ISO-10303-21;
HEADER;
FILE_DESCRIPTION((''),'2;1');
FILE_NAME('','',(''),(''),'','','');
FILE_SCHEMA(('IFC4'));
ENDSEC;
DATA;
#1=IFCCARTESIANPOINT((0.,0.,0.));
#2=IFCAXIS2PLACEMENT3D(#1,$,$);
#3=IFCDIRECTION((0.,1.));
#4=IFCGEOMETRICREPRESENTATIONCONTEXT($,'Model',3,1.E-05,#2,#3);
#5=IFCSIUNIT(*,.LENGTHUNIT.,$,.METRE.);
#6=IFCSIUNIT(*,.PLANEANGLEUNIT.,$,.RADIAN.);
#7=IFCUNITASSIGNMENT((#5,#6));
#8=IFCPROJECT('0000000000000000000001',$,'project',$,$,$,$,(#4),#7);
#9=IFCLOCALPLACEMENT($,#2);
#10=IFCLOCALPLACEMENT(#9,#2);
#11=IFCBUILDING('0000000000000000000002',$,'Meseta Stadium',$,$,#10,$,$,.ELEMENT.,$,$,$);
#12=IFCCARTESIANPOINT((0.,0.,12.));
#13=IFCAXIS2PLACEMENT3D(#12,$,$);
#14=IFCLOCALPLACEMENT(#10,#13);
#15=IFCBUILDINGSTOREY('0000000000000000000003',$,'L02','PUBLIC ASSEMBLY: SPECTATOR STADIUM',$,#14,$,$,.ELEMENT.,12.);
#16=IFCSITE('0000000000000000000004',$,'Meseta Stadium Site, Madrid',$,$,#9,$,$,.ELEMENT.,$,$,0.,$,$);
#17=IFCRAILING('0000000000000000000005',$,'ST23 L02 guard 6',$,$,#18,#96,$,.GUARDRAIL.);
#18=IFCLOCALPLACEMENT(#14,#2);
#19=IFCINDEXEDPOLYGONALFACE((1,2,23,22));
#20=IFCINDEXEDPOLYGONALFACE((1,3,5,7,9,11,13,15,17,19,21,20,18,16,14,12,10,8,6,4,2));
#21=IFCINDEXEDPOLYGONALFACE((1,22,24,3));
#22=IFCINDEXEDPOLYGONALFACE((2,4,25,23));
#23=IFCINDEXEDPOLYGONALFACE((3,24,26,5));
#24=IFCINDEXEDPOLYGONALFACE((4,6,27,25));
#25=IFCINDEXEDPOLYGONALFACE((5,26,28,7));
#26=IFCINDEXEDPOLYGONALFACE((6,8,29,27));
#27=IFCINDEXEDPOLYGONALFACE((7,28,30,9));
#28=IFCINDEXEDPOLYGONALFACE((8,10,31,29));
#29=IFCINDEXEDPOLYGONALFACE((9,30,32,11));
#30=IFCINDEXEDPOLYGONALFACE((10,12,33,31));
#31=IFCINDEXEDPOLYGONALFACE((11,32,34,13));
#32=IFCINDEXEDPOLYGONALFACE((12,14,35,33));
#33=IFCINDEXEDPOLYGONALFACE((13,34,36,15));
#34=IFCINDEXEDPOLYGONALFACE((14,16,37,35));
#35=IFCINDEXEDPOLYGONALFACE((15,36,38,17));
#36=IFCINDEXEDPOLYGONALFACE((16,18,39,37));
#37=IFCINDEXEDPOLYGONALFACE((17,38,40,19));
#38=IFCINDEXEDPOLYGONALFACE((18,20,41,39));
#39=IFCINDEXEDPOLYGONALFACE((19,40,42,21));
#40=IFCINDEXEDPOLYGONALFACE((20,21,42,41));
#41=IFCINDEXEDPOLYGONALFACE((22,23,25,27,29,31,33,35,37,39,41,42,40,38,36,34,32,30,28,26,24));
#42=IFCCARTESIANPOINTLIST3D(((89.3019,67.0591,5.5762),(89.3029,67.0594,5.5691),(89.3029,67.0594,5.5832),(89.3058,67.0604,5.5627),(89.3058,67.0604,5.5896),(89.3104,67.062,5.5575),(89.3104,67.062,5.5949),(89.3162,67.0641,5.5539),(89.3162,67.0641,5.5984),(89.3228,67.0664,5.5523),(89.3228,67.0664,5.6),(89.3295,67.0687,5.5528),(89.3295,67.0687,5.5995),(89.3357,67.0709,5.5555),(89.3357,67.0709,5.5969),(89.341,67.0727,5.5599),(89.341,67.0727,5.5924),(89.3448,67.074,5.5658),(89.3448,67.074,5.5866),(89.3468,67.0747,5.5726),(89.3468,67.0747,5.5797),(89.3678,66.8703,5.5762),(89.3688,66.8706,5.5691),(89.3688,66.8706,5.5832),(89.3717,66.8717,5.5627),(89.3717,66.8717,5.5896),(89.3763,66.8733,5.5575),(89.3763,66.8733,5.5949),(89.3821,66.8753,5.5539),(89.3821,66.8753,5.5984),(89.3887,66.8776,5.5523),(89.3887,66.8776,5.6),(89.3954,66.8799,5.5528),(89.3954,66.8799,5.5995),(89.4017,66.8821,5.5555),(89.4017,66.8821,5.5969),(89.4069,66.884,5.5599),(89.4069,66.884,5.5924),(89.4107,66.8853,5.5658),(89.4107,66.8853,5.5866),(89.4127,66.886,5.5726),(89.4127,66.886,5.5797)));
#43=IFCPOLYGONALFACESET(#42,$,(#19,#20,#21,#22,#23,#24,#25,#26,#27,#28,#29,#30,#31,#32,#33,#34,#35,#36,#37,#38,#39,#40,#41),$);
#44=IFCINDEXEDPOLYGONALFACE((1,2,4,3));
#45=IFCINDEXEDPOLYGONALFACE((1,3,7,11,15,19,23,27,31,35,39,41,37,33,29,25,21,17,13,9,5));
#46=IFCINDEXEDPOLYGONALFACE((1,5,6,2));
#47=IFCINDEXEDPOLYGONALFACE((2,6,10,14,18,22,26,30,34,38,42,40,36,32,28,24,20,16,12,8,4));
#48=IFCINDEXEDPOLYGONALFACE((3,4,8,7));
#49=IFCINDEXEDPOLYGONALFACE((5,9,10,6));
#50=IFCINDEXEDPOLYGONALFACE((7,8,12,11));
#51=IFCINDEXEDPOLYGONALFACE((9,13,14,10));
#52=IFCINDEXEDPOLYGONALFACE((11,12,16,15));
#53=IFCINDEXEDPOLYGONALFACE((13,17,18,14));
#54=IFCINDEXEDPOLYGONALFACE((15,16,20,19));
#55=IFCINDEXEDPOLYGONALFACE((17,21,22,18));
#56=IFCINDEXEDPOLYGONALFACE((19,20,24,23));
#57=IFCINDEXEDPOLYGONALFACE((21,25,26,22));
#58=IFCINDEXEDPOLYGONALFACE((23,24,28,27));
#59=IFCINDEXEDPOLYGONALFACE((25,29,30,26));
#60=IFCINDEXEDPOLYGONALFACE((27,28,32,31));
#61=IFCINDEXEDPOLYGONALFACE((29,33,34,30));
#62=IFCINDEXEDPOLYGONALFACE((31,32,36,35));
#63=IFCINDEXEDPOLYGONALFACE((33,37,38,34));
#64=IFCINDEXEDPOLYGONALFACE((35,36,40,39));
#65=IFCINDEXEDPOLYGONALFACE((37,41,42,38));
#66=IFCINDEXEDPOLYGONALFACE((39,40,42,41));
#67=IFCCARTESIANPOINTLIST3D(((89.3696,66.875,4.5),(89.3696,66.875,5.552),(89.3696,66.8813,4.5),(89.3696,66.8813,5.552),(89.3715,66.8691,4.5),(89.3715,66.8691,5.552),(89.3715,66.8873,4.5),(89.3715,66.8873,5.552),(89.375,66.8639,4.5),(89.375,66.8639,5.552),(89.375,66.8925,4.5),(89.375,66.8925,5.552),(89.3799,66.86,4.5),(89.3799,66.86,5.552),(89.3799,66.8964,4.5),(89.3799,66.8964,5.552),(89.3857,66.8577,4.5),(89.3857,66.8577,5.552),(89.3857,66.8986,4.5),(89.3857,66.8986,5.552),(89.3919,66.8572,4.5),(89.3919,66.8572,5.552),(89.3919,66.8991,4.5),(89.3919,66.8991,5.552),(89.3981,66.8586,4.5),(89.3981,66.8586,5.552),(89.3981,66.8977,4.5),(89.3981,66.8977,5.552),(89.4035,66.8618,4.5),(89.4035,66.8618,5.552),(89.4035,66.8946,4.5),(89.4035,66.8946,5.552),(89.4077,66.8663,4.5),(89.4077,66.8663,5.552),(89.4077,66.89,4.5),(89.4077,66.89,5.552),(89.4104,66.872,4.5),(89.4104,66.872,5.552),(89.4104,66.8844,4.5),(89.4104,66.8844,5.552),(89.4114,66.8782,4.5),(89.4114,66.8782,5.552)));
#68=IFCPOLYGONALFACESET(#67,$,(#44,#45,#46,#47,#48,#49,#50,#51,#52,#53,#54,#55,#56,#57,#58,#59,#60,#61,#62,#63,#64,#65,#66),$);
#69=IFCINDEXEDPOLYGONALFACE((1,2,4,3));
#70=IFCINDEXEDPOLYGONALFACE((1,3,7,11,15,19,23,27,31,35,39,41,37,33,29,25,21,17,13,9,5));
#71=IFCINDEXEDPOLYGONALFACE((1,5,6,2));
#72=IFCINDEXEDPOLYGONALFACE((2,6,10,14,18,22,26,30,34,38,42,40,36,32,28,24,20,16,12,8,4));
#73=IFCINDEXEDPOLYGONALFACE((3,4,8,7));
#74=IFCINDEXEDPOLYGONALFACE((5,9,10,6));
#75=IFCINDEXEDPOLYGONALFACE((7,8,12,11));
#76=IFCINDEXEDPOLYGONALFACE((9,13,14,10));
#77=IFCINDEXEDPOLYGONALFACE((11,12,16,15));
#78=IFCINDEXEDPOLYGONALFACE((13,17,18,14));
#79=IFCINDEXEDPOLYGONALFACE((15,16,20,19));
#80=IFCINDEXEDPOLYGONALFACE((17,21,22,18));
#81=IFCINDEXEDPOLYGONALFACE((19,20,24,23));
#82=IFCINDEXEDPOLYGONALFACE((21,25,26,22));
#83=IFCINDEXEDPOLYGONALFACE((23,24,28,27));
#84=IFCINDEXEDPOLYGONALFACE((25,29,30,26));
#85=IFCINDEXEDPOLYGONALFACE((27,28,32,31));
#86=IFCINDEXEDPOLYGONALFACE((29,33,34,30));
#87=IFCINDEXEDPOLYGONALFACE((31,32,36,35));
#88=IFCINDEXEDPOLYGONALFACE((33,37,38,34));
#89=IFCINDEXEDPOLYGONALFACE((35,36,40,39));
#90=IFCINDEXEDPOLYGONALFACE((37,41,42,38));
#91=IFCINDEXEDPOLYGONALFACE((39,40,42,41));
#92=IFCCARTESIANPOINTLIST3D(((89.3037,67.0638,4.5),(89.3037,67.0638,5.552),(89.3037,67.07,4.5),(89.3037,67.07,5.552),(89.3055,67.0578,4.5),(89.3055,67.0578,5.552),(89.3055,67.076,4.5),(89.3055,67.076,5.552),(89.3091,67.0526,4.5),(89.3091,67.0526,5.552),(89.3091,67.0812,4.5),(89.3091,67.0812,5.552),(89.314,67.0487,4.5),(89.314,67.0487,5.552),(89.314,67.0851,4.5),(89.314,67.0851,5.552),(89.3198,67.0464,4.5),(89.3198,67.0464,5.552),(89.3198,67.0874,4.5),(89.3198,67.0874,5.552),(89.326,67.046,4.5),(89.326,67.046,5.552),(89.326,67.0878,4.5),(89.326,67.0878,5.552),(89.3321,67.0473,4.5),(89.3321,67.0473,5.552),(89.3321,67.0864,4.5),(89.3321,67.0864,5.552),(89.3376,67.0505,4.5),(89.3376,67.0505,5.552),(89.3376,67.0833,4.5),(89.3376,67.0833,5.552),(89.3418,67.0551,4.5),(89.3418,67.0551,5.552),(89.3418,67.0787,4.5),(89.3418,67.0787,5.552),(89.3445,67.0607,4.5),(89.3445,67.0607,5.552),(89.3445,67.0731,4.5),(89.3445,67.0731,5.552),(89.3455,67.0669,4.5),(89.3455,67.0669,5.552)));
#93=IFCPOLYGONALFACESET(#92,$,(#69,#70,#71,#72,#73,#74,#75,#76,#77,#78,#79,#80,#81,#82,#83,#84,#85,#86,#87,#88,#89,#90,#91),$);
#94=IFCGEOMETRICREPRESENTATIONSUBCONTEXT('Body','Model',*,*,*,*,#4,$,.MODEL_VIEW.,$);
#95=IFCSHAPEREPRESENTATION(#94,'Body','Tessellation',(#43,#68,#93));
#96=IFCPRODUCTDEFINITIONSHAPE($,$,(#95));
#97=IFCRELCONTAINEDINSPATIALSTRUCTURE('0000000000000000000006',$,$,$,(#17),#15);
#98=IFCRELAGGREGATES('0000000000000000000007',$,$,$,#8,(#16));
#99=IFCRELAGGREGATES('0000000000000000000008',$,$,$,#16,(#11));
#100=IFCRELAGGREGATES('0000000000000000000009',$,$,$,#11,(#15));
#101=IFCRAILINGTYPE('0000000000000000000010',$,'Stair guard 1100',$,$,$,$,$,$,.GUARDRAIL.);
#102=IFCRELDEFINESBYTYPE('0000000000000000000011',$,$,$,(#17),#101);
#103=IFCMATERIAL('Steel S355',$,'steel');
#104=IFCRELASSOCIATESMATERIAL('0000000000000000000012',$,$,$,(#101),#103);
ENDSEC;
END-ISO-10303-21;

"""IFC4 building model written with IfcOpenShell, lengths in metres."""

from ifc_helpers import new_model, si_unit, direction, frame, origin, origin_2d, place, context, subcontext, project, spatial, circle, extrude, material, type_object, element, save


model = new_model("IFC4")

# Units and contexts
model_context = context("Model", 3, precision=1e-05, world=origin(), true_north=direction((0.0, 1.0)))
body_context = subcontext(model_context, "Body", "Model", "MODEL_VIEW")
ifc_project = project(units=[si_unit("LENGTHUNIT", "METRE"), si_unit("PLANEANGLEUNIT", "RADIAN")], contexts=[model_context])

# Site, building, storey
site_placement = place(None, origin())
site = spatial("IfcSite", under=ifc_project, at=site_placement, Name="Meseta Stadium Site, Madrid", CompositionType="ELEMENT", RefElevation=0.0)
building_placement = place(site_placement, origin())
building = spatial("IfcBuilding", under=site, at=building_placement, Name="Meseta Stadium", CompositionType="ELEMENT")
storey_placement = place(building_placement, frame((0.0, 0.0, 12.0)))
storey = spatial("IfcBuildingStorey", under=building, at=storey_placement, Name="L02", Description="PUBLIC ASSEMBLY: SPECTATOR STADIUM", CompositionType="ELEMENT", Elevation=12.0)

# Railing
ifc_material_1 = material(Name="Steel S355", Category="steel")
railing_type_1 = type_object("IfcRailingType", Name="Stair guard 1100", PredefinedType="GUARDRAIL", material=ifc_material_1)
railing_1_placement = place(storey_placement, frame((89.3904, 66.8782, 4.5)))
element("IfcRailing", 1, at=railing_1_placement, inside=storey, type_object=railing_type_1, Name="ST23 L02 guard 6", PredefinedType="GUARDRAIL", context=body_context, shape_type="SweptSolid", body=[
    extrude(circle(Radius=0.0239, at=origin_2d()), frame((0.0, 0.0, 1.0762), z_axis=(-0.329752, 0.944068, 0.0), x_axis=(-0.944068, -0.329752, 0.0)), (0.0, 0.0, 1.0), 0.2),
    extrude(circle(Radius=0.021, at=origin_2d()), origin(), (0.0, 0.0, 1.0), 1.052),
    extrude(circle(Radius=0.021, at=origin_2d()), frame((-0.0659, 0.1887, 0.0)), (0.0, 0.0, 1.0), 1.052),
])

save(model, "model.ifc")
